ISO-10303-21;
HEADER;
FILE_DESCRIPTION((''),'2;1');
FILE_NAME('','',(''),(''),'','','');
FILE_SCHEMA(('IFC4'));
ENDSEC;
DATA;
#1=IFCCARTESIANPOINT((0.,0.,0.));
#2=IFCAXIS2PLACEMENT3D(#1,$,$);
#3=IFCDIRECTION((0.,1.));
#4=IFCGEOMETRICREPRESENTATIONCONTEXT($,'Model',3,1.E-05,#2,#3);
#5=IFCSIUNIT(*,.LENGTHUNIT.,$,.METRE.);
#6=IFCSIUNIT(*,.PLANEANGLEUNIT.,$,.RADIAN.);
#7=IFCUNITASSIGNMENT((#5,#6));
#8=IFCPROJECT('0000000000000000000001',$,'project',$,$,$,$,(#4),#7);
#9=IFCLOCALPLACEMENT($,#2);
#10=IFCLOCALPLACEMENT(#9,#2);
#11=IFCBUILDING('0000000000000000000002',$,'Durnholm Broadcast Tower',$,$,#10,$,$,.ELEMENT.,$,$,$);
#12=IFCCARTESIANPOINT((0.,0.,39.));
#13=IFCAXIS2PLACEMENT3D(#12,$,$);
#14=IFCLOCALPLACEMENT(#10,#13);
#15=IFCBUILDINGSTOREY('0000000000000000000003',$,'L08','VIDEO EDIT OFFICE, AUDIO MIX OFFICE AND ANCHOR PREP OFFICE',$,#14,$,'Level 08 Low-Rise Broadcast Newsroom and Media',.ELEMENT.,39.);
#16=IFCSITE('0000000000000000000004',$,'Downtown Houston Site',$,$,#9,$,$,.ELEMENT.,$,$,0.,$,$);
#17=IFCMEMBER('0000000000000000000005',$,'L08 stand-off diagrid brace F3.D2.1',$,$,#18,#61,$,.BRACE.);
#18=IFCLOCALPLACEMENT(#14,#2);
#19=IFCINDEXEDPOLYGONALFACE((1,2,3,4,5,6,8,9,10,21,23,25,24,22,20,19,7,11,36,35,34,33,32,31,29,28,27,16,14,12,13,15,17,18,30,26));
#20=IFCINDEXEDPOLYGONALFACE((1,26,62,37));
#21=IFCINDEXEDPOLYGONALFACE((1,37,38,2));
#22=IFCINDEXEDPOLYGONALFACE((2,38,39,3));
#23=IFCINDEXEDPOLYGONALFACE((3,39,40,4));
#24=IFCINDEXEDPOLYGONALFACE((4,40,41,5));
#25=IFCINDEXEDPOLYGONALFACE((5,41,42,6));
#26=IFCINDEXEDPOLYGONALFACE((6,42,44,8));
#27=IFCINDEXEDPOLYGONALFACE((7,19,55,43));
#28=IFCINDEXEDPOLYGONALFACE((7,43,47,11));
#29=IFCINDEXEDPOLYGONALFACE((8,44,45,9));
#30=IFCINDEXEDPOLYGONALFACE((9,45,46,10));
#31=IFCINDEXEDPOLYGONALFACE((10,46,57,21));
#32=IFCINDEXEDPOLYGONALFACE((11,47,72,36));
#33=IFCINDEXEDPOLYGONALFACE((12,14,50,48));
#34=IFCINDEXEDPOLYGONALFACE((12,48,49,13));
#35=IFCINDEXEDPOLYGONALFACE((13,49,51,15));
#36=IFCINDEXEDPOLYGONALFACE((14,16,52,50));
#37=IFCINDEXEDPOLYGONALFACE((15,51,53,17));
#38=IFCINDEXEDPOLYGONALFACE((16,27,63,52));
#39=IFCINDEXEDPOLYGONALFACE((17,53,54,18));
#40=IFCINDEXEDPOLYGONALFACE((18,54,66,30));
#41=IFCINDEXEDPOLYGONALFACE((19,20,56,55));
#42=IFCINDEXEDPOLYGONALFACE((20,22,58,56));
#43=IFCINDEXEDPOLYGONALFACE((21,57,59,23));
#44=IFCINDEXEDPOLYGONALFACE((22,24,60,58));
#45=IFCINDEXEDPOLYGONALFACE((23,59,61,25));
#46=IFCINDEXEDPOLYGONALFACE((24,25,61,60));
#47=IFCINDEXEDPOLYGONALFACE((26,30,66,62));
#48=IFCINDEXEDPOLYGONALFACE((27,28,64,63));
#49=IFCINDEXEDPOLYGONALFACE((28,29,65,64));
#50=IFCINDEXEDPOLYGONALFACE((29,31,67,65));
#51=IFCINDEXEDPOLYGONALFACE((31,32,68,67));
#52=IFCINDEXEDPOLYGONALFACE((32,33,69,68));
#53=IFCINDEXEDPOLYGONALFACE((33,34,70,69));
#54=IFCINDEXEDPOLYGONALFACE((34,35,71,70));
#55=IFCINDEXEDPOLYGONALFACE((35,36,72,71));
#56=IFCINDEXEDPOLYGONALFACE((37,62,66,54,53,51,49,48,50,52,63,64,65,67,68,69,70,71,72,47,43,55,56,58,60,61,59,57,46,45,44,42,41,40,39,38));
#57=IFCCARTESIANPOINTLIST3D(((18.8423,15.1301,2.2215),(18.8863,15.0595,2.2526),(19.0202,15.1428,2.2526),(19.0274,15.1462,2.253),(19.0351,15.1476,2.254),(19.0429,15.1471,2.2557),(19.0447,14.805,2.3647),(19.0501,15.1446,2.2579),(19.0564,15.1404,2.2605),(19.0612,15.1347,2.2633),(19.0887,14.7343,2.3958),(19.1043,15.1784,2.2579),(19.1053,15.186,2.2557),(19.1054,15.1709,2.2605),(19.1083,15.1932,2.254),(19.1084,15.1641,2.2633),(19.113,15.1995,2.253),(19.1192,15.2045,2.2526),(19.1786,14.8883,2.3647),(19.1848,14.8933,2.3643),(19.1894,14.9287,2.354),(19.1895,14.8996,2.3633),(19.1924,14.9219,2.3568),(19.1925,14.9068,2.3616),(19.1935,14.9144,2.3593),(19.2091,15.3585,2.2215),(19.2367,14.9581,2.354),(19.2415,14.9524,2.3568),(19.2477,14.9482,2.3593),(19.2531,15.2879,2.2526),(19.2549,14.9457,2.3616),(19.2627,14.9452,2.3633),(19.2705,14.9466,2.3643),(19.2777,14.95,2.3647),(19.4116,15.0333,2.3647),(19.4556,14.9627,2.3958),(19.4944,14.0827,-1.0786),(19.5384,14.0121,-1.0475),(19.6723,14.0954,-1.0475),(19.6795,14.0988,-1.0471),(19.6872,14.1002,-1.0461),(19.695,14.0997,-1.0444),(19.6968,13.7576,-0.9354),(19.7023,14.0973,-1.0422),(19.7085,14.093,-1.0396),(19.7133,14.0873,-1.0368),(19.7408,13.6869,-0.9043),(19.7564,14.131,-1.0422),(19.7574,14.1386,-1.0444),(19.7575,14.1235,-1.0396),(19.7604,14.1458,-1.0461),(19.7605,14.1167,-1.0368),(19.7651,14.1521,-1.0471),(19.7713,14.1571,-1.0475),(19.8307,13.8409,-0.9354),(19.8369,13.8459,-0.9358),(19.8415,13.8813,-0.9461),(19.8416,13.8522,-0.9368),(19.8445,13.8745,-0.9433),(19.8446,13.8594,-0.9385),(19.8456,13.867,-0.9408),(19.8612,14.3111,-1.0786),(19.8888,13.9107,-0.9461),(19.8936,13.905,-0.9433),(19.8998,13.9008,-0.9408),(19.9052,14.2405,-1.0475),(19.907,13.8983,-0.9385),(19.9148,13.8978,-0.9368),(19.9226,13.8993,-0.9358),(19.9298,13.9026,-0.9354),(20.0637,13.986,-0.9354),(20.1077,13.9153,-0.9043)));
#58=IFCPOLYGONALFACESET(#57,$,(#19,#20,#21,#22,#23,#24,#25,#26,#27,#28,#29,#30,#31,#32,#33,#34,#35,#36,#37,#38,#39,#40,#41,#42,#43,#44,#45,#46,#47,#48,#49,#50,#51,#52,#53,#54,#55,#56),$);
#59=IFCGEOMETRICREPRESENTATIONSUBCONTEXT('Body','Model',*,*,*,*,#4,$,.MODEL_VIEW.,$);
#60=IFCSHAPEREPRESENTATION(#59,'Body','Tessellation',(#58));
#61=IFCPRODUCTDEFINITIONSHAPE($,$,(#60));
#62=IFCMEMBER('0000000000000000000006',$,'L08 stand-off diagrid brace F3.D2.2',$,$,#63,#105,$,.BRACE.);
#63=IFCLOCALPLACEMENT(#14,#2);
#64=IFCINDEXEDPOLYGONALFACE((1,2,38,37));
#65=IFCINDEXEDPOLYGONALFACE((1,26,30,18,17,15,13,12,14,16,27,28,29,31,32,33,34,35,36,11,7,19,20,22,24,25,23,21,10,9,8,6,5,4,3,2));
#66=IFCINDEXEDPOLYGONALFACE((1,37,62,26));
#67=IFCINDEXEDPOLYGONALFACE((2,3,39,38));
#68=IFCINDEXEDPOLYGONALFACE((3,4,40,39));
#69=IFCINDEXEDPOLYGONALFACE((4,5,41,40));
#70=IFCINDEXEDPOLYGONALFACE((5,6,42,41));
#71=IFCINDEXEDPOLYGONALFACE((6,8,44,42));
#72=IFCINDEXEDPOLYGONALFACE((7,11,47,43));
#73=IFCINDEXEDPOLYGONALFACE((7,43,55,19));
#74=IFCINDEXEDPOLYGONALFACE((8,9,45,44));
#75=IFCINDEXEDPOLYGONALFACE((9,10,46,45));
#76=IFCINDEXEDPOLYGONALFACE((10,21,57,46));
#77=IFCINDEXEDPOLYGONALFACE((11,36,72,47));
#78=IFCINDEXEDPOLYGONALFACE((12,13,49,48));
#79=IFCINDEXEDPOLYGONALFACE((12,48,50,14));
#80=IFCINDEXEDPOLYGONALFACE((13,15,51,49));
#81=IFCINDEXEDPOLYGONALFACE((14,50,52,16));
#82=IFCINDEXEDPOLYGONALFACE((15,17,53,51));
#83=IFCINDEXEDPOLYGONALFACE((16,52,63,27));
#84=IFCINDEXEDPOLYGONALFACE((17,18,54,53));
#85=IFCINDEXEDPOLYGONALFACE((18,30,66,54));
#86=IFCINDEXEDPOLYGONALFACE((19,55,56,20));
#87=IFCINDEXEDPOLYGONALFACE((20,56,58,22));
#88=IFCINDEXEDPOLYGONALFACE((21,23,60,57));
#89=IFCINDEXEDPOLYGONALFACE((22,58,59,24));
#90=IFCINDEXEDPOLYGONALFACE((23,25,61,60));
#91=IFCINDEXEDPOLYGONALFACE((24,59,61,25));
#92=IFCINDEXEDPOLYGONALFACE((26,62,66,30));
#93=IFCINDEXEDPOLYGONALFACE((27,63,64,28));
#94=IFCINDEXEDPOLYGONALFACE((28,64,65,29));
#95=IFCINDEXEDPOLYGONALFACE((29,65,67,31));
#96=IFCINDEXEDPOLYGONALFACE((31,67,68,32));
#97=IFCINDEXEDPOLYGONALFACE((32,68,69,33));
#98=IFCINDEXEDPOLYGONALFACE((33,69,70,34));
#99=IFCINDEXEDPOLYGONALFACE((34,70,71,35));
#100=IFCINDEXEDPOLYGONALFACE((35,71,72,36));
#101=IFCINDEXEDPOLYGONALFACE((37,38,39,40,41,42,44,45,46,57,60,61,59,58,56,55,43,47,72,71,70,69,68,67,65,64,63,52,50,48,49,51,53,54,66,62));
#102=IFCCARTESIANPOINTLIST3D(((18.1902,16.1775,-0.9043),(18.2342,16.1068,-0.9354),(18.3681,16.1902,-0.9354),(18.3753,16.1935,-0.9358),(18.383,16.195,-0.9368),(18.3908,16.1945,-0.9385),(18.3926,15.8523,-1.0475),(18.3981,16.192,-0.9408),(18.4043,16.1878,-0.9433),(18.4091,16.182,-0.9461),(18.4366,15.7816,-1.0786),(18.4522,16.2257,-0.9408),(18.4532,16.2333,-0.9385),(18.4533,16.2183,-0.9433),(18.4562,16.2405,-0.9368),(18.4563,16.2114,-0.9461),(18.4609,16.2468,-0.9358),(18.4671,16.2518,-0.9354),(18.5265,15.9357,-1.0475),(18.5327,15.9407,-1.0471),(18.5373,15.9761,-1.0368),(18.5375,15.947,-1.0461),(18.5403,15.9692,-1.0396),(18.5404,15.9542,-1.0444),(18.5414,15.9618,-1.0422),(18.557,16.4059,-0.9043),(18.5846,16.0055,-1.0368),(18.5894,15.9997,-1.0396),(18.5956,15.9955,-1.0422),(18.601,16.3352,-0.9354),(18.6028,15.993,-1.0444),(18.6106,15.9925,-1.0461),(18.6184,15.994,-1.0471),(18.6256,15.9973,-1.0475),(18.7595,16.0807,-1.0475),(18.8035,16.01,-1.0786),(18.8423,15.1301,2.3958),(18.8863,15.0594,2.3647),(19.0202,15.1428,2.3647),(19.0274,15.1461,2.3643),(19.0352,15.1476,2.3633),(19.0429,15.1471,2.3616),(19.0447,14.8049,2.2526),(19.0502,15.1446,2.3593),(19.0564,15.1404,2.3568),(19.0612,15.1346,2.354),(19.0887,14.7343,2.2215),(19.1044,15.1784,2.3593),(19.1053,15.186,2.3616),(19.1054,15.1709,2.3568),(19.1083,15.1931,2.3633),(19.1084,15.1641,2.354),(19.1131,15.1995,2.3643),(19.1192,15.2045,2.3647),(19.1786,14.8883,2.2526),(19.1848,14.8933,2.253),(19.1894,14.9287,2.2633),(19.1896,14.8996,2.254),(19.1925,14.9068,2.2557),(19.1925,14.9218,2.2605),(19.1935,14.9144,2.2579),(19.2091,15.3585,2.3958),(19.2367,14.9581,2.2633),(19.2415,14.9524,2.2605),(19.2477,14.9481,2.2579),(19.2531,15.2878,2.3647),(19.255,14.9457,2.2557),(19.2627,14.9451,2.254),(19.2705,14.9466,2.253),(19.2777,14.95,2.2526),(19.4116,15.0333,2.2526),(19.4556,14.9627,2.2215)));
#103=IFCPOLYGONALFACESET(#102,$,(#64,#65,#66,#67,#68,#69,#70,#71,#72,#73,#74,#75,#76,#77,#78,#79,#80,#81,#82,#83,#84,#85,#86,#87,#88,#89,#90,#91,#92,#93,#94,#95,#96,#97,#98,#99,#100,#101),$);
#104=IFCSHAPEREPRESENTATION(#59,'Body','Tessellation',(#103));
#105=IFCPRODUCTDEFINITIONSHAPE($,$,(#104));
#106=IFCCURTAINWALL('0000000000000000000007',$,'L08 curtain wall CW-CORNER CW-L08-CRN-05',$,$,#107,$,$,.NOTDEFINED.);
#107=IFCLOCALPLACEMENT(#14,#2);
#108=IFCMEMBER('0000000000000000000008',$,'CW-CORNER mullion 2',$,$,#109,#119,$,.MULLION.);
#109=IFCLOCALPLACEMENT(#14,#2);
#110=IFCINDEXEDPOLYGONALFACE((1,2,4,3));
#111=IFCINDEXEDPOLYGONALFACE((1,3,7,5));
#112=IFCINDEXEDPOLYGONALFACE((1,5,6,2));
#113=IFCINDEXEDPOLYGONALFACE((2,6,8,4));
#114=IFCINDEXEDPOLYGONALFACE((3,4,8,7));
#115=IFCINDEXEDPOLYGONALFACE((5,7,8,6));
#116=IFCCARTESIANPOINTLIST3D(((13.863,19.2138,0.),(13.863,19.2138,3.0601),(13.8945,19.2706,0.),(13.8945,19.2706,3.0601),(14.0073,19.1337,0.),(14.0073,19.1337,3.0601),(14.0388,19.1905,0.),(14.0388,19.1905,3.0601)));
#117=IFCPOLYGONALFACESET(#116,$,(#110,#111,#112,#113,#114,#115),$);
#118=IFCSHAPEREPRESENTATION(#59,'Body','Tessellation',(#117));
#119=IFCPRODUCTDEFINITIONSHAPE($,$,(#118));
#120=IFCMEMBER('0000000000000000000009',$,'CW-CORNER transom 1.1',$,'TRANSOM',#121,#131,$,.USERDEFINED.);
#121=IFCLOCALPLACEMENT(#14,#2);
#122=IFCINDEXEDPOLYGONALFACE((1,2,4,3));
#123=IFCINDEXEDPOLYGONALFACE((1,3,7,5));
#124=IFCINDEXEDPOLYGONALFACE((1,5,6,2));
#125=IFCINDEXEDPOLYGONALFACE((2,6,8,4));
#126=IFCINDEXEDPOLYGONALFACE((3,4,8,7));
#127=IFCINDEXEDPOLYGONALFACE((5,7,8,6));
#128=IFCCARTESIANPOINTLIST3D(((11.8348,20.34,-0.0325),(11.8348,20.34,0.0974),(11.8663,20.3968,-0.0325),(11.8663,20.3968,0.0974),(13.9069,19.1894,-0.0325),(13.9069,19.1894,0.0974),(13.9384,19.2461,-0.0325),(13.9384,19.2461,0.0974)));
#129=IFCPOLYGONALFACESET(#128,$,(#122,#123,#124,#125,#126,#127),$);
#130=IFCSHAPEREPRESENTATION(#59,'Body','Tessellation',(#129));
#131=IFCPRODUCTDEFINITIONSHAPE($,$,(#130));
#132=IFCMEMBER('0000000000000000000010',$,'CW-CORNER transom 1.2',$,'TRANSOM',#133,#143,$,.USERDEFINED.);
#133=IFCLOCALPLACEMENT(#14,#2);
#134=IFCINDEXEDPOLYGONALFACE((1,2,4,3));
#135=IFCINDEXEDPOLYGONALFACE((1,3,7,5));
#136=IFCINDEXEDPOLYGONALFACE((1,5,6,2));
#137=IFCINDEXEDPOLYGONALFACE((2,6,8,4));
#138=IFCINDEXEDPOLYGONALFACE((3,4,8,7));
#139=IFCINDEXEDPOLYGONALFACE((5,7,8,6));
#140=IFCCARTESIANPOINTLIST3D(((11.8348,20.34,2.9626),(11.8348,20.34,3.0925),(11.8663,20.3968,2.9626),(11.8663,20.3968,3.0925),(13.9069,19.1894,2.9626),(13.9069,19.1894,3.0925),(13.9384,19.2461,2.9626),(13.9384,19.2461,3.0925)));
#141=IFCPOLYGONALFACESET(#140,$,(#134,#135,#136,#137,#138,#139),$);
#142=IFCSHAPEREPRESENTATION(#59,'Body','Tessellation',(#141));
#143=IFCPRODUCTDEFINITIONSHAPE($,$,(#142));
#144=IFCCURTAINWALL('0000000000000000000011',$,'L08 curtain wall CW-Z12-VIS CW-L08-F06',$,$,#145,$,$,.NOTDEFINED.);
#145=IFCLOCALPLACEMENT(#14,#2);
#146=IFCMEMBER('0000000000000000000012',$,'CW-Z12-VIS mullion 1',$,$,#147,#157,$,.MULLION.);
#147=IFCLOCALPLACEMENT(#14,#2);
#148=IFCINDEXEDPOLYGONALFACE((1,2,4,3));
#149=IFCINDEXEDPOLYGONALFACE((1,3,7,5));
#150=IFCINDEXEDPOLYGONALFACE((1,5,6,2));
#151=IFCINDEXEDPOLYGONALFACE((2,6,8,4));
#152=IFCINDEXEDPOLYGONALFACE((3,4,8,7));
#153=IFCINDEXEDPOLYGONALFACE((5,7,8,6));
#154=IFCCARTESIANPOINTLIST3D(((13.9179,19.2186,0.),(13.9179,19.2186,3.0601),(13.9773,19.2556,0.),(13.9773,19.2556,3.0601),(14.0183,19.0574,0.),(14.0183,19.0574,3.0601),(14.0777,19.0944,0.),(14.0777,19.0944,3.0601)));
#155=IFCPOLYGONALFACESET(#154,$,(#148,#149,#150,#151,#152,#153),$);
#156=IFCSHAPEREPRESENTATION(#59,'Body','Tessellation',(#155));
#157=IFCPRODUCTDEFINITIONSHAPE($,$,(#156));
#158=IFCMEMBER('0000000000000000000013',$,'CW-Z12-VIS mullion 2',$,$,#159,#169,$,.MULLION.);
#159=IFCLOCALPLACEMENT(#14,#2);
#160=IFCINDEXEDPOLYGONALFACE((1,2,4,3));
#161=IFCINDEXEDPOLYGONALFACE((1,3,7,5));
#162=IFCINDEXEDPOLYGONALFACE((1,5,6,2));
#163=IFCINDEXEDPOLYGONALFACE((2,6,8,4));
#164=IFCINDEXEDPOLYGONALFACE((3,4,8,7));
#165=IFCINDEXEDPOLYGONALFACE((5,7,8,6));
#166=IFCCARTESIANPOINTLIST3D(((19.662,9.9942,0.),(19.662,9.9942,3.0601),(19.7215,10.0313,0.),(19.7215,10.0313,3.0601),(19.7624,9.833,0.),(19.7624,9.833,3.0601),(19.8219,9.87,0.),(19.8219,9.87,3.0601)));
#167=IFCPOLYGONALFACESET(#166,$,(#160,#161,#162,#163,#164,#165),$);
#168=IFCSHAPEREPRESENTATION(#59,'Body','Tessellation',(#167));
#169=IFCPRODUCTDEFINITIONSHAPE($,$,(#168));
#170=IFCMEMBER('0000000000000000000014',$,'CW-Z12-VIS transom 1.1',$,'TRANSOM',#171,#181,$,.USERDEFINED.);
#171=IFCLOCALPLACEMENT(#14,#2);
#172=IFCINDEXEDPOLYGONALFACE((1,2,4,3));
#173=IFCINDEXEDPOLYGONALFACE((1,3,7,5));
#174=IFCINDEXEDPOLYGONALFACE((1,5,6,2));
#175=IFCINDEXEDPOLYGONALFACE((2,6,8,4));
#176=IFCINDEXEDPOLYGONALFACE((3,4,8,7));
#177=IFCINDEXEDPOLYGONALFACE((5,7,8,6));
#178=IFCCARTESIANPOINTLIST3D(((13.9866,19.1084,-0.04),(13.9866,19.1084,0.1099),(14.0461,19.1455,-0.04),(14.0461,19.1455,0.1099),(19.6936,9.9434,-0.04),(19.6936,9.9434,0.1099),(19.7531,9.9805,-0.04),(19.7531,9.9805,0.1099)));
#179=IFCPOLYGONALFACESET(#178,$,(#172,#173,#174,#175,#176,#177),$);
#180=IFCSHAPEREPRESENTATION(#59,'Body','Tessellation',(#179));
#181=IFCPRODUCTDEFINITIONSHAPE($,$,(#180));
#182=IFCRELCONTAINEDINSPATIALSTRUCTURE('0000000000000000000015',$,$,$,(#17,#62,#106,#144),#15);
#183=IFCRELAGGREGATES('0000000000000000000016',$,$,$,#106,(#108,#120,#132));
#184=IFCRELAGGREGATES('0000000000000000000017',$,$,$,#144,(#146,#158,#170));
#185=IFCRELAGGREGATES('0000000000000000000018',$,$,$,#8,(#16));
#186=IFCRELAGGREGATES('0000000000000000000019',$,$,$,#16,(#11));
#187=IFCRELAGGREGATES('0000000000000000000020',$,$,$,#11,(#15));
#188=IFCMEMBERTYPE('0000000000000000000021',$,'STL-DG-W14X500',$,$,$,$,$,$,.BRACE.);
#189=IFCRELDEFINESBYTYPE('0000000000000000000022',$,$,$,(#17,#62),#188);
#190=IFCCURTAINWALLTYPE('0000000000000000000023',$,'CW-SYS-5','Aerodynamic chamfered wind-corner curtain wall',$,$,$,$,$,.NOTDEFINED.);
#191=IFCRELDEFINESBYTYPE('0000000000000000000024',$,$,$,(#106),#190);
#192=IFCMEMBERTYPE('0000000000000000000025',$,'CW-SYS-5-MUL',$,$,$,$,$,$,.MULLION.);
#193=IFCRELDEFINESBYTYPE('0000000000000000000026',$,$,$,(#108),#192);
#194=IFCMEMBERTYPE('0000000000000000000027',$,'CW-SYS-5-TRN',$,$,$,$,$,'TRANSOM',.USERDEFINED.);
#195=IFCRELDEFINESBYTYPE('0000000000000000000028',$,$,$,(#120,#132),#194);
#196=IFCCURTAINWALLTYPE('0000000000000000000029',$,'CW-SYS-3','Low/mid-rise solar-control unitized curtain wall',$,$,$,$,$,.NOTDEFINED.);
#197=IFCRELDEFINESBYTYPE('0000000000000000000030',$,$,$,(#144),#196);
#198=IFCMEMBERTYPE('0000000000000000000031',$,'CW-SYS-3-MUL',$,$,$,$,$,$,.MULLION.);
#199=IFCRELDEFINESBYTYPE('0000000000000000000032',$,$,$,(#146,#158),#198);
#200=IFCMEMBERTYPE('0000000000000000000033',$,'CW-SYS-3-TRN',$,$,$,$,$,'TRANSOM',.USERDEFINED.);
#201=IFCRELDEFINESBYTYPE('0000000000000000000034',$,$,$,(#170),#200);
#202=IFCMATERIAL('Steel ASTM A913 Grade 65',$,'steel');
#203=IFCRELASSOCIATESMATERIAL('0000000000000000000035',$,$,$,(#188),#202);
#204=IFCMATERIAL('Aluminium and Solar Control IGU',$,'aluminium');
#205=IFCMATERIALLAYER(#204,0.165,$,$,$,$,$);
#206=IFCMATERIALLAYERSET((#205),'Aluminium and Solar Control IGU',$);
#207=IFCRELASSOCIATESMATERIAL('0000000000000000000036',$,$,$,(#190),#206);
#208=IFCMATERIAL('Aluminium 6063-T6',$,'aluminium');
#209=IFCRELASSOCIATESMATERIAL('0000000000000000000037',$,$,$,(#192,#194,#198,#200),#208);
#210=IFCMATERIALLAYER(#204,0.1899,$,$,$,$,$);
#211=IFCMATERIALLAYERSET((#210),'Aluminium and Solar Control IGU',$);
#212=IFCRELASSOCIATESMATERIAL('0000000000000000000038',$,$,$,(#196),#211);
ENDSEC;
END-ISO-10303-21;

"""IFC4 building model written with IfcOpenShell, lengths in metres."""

from ifc_helpers import new_model, si_unit, direction, frame, origin, origin_2d, place, context, subcontext, project, spatial, rectangle, i_section, extrude, source, transform, mapped, material, layer, layer_set, material_profile, profile_set, type_object, type_shapes, element, aggregate, save


model = new_model("IFC4")

# Units and contexts
model_context = context("Model", 3, precision=1e-05, world=origin(), true_north=direction((0.0, 1.0)))
body_context = subcontext(model_context, "Body", "Model", "MODEL_VIEW")
ifc_project = project(units=[si_unit("LENGTHUNIT", "METRE"), si_unit("PLANEANGLEUNIT", "RADIAN")], contexts=[model_context])

# Site, building, storey
site_placement = place(None, origin())
site = spatial("IfcSite", under=ifc_project, at=site_placement, Name="Downtown Houston Site", CompositionType="ELEMENT", RefElevation=0.0)
building_placement = place(site_placement, origin())
building = spatial("IfcBuilding", under=site, at=building_placement, Name="Durnholm Broadcast Tower", CompositionType="ELEMENT")
storey_placement = place(building_placement, frame((0.0, 0.0, 39.0)))
storey = spatial("IfcBuildingStorey", under=building, at=storey_placement, Name="L08", Description="VIDEO EDIT OFFICE, AUDIO MIX OFFICE AND ANCHOR PREP OFFICE", LongName="Level 08 Low-Rise Broadcast Newsroom and Media", CompositionType="ELEMENT", Elevation=39.0)

# Members
ifc_material_1 = material(Name="Steel ASTM A913 Grade 65", Category="steel")
ifc_material_profile_1 = material_profile(ifc_material_1, i_section(OverallWidth=0.4321, OverallDepth=0.4978, WebThickness=0.0557, FlangeThickness=0.0889, FilletRadius=0.0305, at=origin_2d()), Name="W14X500")
ifc_profile_set_1 = profile_set([ifc_material_profile_1], Name="Steel ASTM A913 Grade 65")
member_type_1 = type_object("IfcMemberType", Name="STL-DG-W14X500", PredefinedType="BRACE", material=ifc_profile_set_1)
shared_shape_1 = source(origin(), body_context, "Body", "SweptSolid", [
    extrude(i_section(OverallWidth=0.4321, OverallDepth=0.4978, WebThickness=0.0557, FlangeThickness=0.0889, FilletRadius=0.0305, at=origin_2d()), origin(), (0.0, 0.0, 1.0), 3.5232),
])
type_shapes(member_type_1, [shared_shape_1])
for number, where, z_axis, x_axis, name in (
    (1, (19.801, 13.999, -0.9915), (-0.18509, 0.297281, 0.936678), (-0.848909, -0.52854, 0.0), "L08 stand-off diagrid brace F3.D2.1"),
    (2, (18.4968, 16.0938, -0.9915), (0.18509, -0.297281, 0.936678), (0.848909, 0.52854, 0.0), "L08 stand-off diagrid brace F3.D2.2"),
):
    element("IfcMember", number, at=place(storey_placement, frame(where, z_axis=z_axis, x_axis=x_axis)), inside=storey, type_object=member_type_1, Name=name, PredefinedType="BRACE", context=body_context, shape_type="MappedRepresentation", body=[
        mapped(shared_shape_1, transform((0.0, 0.0, 0.0), x_axis=(1.0, 0.0, 0.0), y_axis=(0.0, 1.0, 0.0), z_axis=(0.0, 0.0, 1.0), scale=1.0)),
    ])

# Curtain walls, members
ifc_material_2 = material(Name="Aluminium and Solar Control IGU", Category="aluminium")
ifc_layer_1 = layer(ifc_material_2, 0.165)
ifc_layer_set_1 = layer_set([ifc_layer_1], Name="Aluminium and Solar Control IGU")
curtain_wall_type_1 = type_object("IfcCurtainWallType", Name="CW-SYS-5", Description="Aerodynamic chamfered wind-corner curtain wall", PredefinedType="NOTDEFINED", material=ifc_layer_set_1)
curtain_wall_1_placement = place(storey_placement, origin())
curtain_wall_1 = element("IfcCurtainWall", 3, at=curtain_wall_1_placement, inside=storey, type_object=curtain_wall_type_1, Name="L08 curtain wall CW-CORNER CW-L08-CRN-05", PredefinedType="NOTDEFINED")
ifc_material_3 = material(Name="Aluminium 6063-T6", Category="aluminium")
ifc_material_profile_2 = material_profile(ifc_material_3, rectangle(XDim=0.0649, YDim=0.165, at=origin_2d()), Name="CWM65X165")
ifc_profile_set_2 = profile_set([ifc_material_profile_2], Name="Aluminium 6063-T6")
member_type_2 = type_object("IfcMemberType", Name="CW-SYS-5-MUL", PredefinedType="MULLION", material=ifc_profile_set_2)
shared_shape_2 = source(origin(), body_context, "Body", "SweptSolid", [
    extrude(rectangle(XDim=0.0649, YDim=0.165, at=origin_2d()), origin(), (0.0, 0.0, 1.0), 3.0601),
])
type_shapes(member_type_2, [shared_shape_2])
member_1_placement = place(storey_placement, frame((13.9509, 19.2021, 0.0), z_axis=(0.0, 0.0, 1.0), x_axis=(0.485483, 0.874246, 0.0)))
member_1 = element("IfcMember", 4, at=member_1_placement, type_object=member_type_2, Name="CW-CORNER mullion 2", PredefinedType="MULLION", context=body_context, shape_type="MappedRepresentation", body=[
    mapped(shared_shape_2, transform((0.0, 0.0, 0.0), x_axis=(1.0, 0.0, 0.0), y_axis=(0.0, 1.0, 0.0), z_axis=(0.0, 0.0, 1.0), scale=1.0)),
])
ifc_material_profile_3 = material_profile(ifc_material_3, rectangle(XDim=0.0649, YDim=0.1299, at=origin_2d()), Name="CWT65X130")
ifc_profile_set_3 = profile_set([ifc_material_profile_3], Name="Aluminium 6063-T6")
member_type_3 = type_object("IfcMemberType", Name="CW-SYS-5-TRN", ElementType="TRANSOM", PredefinedType="USERDEFINED", material=ifc_profile_set_3)
shared_shape_3 = source(origin(), body_context, "Body", "SweptSolid", [
    extrude(rectangle(XDim=0.0649, YDim=0.1299, at=origin_2d()), origin(), (0.0, 0.0, 1.0), 2.3701),
])
type_shapes(member_type_3, [shared_shape_3])
member_2_placement = place(storey_placement, frame((11.8506, 20.3684, 0.0325), z_axis=(0.874245, -0.485485, 0.0), x_axis=(0.485485, 0.874245, 0.0)))
member_2 = element("IfcMember", 5, at=member_2_placement, type_object=member_type_3, Name="CW-CORNER transom 1.1", ObjectType="TRANSOM", PredefinedType="USERDEFINED", context=body_context, shape_type="MappedRepresentation", body=[
    mapped(shared_shape_3, transform((0.0, 0.0, 0.0), x_axis=(1.0, 0.0, 0.0), y_axis=(0.0, 1.0, 0.0), z_axis=(0.0, 0.0, 1.0), scale=1.0)),
])
member_3_placement = place(storey_placement, frame((11.8506, 20.3684, 3.0276), z_axis=(0.874245, -0.485485, 0.0), x_axis=(0.485485, 0.874245, 0.0)))
member_3 = element("IfcMember", 6, at=member_3_placement, type_object=member_type_3, Name="CW-CORNER transom 1.2", ObjectType="TRANSOM", PredefinedType="USERDEFINED", context=body_context, shape_type="MappedRepresentation", body=[
    mapped(shared_shape_3, transform((0.0, 0.0, 0.0), x_axis=(1.0, 0.0, 0.0), y_axis=(0.0, 1.0, 0.0), z_axis=(0.0, 0.0, 1.0), scale=1.0)),
])
ifc_layer_2 = layer(ifc_material_2, 0.1899)
ifc_layer_set_2 = layer_set([ifc_layer_2], Name="Aluminium and Solar Control IGU")
curtain_wall_type_2 = type_object("IfcCurtainWallType", Name="CW-SYS-3", Description="Low/mid-rise solar-control unitized curtain wall", PredefinedType="NOTDEFINED", material=ifc_layer_set_2)
curtain_wall_2_placement = place(storey_placement, origin())
curtain_wall_2 = element("IfcCurtainWall", 7, at=curtain_wall_2_placement, inside=storey, type_object=curtain_wall_type_2, Name="L08 curtain wall CW-Z12-VIS CW-L08-F06", PredefinedType="NOTDEFINED")
ifc_material_profile_4 = material_profile(ifc_material_3, rectangle(XDim=0.0701, YDim=0.1899, at=origin_2d()), Name="CWM70X190")
ifc_profile_set_4 = profile_set([ifc_material_profile_4], Name="Aluminium 6063-T6")
member_type_4 = type_object("IfcMemberType", Name="CW-SYS-3-MUL", PredefinedType="MULLION", material=ifc_profile_set_4)
shared_shape_4 = source(origin(), body_context, "Body", "SweptSolid", [
    extrude(rectangle(XDim=0.0701, YDim=0.1899, at=origin_2d()), origin(), (0.0, 0.0, 1.0), 3.0601),
])
type_shapes(member_type_4, [shared_shape_4])
member_4_placement = place(storey_placement, frame((13.9978, 19.1565, 0.0), z_axis=(0.0, 0.0, 1.0), x_axis=(0.848876, 0.528592, 0.0)))
member_4 = element("IfcMember", 8, at=member_4_placement, type_object=member_type_4, Name="CW-Z12-VIS mullion 1", PredefinedType="MULLION", context=body_context, shape_type="MappedRepresentation", body=[
    mapped(shared_shape_4, transform((0.0, 0.0, 0.0), x_axis=(1.0, 0.0, 0.0), y_axis=(0.0, 1.0, 0.0), z_axis=(0.0, 0.0, 1.0), scale=1.0)),
])
member_5_placement = place(storey_placement, frame((19.7419, 9.9321, 0.0), z_axis=(0.0, 0.0, 1.0), x_axis=(0.848876, 0.528592, 0.0)))
member_5 = element("IfcMember", 9, at=member_5_placement, type_object=member_type_4, Name="CW-Z12-VIS mullion 2", PredefinedType="MULLION", context=body_context, shape_type="MappedRepresentation", body=[
    mapped(shared_shape_4, transform((0.0, 0.0, 0.0), x_axis=(1.0, 0.0, 0.0), y_axis=(0.0, 1.0, 0.0), z_axis=(0.0, 0.0, 1.0), scale=1.0)),
])
ifc_material_profile_5 = material_profile(ifc_material_3, rectangle(XDim=0.0701, YDim=0.1499, at=origin_2d()), Name="CWT70X150")
ifc_profile_set_5 = profile_set([ifc_material_profile_5], Name="Aluminium 6063-T6")
member_type_5 = type_object("IfcMemberType", Name="CW-SYS-3-TRN", ElementType="TRANSOM", PredefinedType="USERDEFINED", material=ifc_profile_set_5)
shared_shape_5 = source(origin(), body_context, "Body", "SweptSolid", [
    extrude(rectangle(XDim=0.0701, YDim=0.1499, at=origin_2d()), origin(), (0.0, 0.0, 1.0), 10.7966),
])
type_shapes(member_type_5, [shared_shape_5])
member_6_placement = place(storey_placement, frame((14.0164, 19.127, 0.0349), z_axis=(0.528592, -0.848876, 0.0), x_axis=(0.848876, 0.528592, 0.0)))
member_6 = element("IfcMember", 10, at=member_6_placement, type_object=member_type_5, Name="CW-Z12-VIS transom 1.1", ObjectType="TRANSOM", PredefinedType="USERDEFINED", context=body_context, shape_type="MappedRepresentation", body=[
    mapped(shared_shape_5, transform((0.0, 0.0, 0.0), x_axis=(1.0, 0.0, 0.0), y_axis=(0.0, 1.0, 0.0), z_axis=(0.0, 0.0, 1.0), scale=1.0)),
])

aggregate(curtain_wall_1, [member_1, member_2, member_3])
aggregate(curtain_wall_2, [member_4, member_5, member_6])

save(model, "model.ifc")
